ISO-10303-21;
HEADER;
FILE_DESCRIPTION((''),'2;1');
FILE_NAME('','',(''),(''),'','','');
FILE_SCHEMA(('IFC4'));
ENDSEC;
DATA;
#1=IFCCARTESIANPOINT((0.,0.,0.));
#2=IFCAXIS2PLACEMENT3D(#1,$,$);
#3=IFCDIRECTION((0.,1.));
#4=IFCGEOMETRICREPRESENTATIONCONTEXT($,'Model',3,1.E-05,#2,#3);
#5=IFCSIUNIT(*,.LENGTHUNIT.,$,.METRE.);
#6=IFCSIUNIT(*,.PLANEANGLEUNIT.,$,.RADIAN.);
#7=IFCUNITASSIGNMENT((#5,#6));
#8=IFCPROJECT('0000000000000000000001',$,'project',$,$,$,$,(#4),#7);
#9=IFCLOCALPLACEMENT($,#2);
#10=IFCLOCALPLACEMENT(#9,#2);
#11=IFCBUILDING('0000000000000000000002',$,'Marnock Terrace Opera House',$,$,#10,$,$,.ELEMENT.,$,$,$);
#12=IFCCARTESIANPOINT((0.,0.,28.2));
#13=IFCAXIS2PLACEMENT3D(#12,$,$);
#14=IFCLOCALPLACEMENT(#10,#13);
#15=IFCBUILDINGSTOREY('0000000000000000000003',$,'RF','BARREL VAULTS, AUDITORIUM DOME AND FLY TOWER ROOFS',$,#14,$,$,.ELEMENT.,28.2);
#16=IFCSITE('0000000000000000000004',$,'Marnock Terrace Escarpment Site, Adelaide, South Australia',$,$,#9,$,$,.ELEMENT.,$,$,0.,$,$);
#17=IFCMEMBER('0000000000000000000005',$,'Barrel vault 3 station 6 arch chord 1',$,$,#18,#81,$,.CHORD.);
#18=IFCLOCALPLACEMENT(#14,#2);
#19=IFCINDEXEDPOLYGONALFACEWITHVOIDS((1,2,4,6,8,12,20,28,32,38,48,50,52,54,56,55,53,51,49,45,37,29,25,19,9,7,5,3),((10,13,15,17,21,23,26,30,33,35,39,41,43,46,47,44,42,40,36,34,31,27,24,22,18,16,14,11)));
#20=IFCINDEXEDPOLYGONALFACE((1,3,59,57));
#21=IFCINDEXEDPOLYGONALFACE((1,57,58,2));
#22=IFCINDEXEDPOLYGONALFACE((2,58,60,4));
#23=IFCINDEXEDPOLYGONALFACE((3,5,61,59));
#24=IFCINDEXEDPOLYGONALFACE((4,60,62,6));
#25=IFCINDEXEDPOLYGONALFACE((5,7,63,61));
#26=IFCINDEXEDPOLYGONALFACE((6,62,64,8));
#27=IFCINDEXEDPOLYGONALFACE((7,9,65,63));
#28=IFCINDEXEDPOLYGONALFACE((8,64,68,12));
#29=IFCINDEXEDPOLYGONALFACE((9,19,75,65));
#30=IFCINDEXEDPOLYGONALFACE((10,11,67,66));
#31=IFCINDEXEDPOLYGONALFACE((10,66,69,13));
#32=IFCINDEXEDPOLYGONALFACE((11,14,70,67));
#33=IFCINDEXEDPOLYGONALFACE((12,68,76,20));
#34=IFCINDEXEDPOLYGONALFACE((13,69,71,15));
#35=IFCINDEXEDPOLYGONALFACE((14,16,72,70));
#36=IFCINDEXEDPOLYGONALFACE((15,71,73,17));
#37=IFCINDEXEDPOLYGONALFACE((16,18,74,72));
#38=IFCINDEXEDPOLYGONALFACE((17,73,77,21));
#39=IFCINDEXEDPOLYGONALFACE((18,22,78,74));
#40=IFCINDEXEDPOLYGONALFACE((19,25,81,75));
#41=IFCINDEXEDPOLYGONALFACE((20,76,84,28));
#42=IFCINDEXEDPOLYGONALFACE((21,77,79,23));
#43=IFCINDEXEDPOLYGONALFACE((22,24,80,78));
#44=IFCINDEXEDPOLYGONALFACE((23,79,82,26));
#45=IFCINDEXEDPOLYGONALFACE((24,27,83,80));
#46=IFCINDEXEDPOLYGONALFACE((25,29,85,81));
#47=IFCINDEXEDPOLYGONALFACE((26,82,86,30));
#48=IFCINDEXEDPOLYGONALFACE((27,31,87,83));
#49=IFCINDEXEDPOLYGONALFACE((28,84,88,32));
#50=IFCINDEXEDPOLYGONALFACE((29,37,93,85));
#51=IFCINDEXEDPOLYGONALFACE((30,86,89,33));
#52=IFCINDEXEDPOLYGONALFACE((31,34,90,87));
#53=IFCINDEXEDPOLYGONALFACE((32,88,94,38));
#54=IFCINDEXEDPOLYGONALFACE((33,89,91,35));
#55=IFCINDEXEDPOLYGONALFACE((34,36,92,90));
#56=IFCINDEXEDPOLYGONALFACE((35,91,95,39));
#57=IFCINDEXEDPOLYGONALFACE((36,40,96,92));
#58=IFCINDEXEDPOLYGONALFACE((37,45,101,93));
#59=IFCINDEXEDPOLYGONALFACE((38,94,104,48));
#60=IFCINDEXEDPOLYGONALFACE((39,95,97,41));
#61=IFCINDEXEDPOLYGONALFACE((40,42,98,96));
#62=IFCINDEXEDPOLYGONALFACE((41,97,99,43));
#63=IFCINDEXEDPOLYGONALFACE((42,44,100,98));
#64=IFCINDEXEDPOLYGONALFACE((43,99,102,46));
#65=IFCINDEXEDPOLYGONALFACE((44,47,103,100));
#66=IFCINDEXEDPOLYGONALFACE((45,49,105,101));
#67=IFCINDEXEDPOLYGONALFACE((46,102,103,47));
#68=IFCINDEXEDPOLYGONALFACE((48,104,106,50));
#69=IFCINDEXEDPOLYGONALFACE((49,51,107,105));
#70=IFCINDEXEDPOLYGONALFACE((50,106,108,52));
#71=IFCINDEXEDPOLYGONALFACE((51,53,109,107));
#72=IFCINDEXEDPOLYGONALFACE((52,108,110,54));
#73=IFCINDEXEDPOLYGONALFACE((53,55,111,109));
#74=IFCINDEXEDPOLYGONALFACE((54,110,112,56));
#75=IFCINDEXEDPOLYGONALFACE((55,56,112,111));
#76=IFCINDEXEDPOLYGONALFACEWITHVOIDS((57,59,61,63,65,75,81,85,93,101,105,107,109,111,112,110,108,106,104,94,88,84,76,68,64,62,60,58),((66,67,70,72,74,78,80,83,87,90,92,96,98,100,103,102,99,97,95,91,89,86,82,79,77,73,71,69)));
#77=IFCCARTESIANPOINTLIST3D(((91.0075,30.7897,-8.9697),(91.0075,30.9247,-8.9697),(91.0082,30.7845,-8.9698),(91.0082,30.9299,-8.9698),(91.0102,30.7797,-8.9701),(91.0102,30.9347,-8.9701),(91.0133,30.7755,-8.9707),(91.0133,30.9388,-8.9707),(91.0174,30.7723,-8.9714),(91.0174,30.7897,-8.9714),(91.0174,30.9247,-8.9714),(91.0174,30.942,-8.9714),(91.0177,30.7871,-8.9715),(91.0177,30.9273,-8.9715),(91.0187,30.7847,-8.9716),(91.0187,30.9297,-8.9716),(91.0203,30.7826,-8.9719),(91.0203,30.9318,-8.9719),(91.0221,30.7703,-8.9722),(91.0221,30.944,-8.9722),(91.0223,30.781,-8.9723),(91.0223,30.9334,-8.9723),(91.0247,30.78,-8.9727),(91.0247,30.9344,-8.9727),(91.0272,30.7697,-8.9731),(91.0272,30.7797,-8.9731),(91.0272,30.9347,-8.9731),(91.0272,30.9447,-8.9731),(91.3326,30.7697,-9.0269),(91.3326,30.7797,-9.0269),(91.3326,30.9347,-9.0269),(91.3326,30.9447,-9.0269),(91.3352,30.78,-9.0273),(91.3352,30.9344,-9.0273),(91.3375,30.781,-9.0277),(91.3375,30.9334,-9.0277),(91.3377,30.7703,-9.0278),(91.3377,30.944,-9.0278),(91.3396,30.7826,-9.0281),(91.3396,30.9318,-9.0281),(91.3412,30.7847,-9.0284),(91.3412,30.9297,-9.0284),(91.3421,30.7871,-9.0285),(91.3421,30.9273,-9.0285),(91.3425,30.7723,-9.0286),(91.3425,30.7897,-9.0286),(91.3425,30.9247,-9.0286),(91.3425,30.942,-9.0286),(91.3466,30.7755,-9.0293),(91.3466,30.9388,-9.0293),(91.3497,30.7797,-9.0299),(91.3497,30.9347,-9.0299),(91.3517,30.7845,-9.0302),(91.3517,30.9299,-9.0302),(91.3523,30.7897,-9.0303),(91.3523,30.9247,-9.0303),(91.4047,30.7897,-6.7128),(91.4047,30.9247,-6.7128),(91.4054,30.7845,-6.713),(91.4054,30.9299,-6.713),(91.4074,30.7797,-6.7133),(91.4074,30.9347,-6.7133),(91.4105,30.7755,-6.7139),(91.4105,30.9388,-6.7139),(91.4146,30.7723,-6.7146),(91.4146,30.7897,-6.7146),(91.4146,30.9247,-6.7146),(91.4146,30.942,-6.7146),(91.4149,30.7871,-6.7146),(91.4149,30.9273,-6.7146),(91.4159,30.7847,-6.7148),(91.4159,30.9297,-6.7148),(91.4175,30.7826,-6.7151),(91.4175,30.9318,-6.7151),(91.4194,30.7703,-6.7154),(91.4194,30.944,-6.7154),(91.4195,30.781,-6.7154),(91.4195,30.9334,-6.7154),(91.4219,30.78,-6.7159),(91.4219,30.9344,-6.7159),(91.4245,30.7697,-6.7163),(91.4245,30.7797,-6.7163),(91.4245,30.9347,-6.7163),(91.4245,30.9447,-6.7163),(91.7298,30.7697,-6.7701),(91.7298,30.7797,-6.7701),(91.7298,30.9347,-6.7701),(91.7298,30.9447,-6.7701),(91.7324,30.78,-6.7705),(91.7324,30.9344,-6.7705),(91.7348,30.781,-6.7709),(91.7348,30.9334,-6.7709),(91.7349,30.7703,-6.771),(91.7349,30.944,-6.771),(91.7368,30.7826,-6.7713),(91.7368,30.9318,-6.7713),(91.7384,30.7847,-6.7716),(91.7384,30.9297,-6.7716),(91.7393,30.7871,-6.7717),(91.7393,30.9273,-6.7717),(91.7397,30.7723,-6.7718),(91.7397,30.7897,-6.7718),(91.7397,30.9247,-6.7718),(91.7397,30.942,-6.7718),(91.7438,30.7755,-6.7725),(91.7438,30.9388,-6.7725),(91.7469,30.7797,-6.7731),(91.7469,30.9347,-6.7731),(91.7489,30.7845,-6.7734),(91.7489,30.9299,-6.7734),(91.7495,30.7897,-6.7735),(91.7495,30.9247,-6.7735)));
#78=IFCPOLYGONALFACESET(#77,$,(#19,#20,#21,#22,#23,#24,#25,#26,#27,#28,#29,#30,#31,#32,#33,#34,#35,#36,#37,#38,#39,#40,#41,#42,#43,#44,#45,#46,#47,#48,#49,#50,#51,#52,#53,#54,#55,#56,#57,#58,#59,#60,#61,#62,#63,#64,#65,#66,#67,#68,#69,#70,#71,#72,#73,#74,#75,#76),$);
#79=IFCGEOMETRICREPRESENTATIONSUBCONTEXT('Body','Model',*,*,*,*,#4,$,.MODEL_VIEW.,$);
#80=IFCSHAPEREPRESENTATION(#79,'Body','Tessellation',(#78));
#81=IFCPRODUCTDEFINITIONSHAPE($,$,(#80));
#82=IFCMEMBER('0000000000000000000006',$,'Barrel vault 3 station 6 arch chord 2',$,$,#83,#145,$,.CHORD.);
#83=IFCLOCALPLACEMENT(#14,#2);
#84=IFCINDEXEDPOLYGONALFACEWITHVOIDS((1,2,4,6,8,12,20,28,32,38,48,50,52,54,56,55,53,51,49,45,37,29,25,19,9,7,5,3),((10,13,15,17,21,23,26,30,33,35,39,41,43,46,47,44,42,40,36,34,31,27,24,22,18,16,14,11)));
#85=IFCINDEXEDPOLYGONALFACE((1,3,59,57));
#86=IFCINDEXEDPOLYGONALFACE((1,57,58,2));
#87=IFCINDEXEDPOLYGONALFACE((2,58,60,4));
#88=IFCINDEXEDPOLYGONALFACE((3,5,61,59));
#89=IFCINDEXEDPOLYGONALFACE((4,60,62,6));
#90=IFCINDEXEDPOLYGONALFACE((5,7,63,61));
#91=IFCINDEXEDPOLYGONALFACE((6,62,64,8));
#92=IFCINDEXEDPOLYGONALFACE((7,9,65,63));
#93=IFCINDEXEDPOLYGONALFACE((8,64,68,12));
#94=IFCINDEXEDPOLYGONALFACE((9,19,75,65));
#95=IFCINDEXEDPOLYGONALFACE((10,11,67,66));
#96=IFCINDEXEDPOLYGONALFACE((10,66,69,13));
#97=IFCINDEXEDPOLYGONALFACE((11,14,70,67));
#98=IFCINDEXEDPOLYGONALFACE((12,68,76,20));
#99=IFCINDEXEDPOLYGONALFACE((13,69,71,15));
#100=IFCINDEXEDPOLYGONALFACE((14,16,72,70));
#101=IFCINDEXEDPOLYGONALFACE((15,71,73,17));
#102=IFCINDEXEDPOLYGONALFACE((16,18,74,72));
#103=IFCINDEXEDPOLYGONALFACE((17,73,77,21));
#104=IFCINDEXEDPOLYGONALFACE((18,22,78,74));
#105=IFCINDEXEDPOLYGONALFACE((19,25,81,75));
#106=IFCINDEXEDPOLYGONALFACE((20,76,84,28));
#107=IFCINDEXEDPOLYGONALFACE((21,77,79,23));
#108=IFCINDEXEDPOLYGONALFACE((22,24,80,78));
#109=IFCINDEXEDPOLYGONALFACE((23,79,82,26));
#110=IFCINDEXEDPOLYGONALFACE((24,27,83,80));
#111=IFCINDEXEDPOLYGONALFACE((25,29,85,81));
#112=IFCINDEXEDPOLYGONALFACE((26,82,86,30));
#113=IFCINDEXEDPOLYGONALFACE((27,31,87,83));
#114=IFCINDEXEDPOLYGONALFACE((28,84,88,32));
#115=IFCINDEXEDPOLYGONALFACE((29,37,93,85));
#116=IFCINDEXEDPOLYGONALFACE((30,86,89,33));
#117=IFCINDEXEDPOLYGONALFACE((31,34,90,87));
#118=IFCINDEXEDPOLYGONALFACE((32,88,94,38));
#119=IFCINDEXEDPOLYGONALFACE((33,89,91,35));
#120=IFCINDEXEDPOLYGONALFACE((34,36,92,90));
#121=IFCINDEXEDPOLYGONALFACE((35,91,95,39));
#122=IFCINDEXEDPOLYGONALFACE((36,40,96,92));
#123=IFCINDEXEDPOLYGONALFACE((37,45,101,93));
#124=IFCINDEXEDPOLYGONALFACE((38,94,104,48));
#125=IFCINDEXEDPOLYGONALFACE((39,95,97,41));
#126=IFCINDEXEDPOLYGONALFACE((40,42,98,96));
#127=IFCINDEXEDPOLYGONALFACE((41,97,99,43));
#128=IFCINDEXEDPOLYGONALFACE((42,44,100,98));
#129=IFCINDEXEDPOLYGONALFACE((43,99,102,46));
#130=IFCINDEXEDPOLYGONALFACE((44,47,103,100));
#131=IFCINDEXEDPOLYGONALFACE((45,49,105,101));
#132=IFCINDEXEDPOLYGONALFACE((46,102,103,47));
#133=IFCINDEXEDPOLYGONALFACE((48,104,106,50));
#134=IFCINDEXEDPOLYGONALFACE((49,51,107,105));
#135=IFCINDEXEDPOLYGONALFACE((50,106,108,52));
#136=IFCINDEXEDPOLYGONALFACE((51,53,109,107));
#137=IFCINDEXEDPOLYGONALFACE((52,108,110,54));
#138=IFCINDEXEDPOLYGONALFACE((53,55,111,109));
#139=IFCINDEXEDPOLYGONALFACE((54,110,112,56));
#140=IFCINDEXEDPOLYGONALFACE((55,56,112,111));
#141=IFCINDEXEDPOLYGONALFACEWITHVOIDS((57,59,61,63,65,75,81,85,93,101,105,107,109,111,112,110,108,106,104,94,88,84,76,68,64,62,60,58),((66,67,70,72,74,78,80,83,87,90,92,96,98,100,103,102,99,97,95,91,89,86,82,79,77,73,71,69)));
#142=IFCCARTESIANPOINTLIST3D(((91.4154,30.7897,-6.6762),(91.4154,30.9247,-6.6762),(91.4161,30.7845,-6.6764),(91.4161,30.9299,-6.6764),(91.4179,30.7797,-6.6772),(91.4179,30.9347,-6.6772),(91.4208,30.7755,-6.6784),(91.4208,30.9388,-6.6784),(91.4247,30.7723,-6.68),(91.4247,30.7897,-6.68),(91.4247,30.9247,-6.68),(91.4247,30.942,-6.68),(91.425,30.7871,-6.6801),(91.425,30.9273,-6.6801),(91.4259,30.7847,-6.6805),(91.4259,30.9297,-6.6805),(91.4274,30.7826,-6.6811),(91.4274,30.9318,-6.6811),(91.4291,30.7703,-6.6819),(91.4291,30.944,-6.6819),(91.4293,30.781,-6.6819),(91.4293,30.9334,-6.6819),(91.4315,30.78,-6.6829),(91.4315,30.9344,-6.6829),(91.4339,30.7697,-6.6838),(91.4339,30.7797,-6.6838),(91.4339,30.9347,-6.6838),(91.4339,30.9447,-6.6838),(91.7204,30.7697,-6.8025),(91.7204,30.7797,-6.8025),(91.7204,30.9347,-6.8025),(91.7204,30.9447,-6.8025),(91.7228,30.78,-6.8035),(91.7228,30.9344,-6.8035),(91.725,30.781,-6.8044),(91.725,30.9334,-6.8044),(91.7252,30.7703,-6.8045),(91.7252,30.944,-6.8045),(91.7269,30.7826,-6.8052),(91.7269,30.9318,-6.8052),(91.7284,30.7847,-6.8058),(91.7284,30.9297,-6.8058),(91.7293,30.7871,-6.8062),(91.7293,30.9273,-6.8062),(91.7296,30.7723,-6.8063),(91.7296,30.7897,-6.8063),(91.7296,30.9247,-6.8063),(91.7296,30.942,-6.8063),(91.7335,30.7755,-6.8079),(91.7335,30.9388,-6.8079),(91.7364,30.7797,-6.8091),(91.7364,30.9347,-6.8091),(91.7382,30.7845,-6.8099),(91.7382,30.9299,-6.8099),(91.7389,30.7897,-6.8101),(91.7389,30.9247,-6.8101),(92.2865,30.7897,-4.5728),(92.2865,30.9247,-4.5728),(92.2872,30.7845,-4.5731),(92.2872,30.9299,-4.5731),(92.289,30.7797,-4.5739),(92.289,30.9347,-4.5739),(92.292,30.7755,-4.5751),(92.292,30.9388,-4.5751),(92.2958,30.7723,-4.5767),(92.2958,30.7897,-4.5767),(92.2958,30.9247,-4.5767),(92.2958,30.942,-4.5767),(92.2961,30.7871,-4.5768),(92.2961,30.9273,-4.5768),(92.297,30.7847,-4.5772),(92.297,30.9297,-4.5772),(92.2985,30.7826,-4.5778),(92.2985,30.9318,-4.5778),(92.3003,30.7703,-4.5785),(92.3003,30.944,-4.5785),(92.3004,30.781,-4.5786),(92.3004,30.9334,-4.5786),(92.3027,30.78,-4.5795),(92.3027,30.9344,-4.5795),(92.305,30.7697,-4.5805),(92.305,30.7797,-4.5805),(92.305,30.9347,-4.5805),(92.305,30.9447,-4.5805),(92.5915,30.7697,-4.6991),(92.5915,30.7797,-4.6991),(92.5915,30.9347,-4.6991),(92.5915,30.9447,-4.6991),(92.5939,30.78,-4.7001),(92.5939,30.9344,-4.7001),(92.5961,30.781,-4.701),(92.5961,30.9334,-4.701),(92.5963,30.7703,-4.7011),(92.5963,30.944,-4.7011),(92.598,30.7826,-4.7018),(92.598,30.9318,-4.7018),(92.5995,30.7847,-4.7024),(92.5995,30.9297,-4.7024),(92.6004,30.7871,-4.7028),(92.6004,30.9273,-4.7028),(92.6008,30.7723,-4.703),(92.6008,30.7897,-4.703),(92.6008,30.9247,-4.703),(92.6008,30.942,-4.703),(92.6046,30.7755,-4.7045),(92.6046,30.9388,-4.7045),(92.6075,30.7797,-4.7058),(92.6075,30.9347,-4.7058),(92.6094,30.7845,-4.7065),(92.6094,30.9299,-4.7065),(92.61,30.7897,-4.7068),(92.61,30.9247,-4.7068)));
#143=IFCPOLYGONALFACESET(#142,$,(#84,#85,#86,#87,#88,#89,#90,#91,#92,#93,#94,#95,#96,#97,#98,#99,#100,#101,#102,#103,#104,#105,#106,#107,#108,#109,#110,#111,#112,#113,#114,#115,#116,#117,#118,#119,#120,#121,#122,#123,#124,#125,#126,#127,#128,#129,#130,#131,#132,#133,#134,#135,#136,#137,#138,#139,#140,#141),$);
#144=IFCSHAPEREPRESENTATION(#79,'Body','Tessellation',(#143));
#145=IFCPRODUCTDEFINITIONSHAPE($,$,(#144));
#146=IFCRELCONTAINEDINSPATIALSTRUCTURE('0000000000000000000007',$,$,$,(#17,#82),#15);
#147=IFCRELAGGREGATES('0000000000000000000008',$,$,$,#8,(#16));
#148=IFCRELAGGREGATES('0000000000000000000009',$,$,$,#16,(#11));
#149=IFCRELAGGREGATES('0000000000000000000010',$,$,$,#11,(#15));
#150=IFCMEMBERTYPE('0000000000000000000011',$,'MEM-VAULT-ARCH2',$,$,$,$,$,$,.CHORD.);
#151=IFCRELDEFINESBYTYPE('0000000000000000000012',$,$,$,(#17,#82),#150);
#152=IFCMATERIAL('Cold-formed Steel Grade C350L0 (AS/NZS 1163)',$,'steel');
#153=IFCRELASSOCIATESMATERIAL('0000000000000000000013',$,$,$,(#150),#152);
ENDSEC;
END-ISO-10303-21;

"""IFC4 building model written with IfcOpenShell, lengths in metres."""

from ifc_helpers import new_model, si_unit, direction, frame, origin, origin_2d, place, context, subcontext, project, spatial, hollow_rectangle, extrude, material, material_profile, profile_set, type_object, element, save


model = new_model("IFC4")

# Units and contexts
model_context = context("Model", 3, precision=1e-05, world=origin(), true_north=direction((0.0, 1.0)))
body_context = subcontext(model_context, "Body", "Model", "MODEL_VIEW")
ifc_project = project(units=[si_unit("LENGTHUNIT", "METRE"), si_unit("PLANEANGLEUNIT", "RADIAN")], contexts=[model_context])

# Site, building, storey
site_placement = place(None, origin())
site = spatial("IfcSite", under=ifc_project, at=site_placement, Name="Marnock Terrace Escarpment Site, Adelaide, South Australia", CompositionType="ELEMENT", RefElevation=0.0)
building_placement = place(site_placement, origin())
building = spatial("IfcBuilding", under=site, at=building_placement, Name="Marnock Terrace Opera House", CompositionType="ELEMENT")
storey_placement = place(building_placement, frame((0.0, 0.0, 28.2)))
storey = spatial("IfcBuildingStorey", under=building, at=storey_placement, Name="RF", Description="BARREL VAULTS, AUDITORIUM DOME AND FLY TOWER ROOFS", CompositionType="ELEMENT", Elevation=28.2)

# Members
ifc_material = material(Name="Cold-formed Steel Grade C350L0 (AS/NZS 1163)", Category="steel")
ifc_material_profile_1 = material_profile(ifc_material, hollow_rectangle(XDim=0.175, YDim=0.3501, WallThickness=0.01, InnerFilletRadius=0.01, OuterFilletRadius=0.02, at=origin_2d()))
ifc_profile_set_1 = profile_set([ifc_material_profile_1], Name="Cold-formed Steel Grade C350L0 (AS/NZS 1163)")
member_type_1 = type_object("IfcMemberType", Name="MEM-VAULT-ARCH2", PredefinedType="CHORD", material=ifc_profile_set_1)
member_1_placement = place(storey_placement, frame((91.1799, 30.8572, -9.0), z_axis=(0.173342, 0.0, 0.984862), x_axis=(0.0, 1.0, 0.0)))
element("IfcMember", 1, at=member_1_placement, inside=storey, type_object=member_type_1, Name="Barrel vault 3 station 6 arch chord 1", PredefinedType="CHORD", context=body_context, shape_type="SweptSolid", body=[
    extrude(hollow_rectangle(XDim=0.175, YDim=0.3501, WallThickness=0.01, InnerFilletRadius=0.01, OuterFilletRadius=0.02, at=origin_2d()), origin(), (0.0, 0.0, 1.0), 2.2915),
])
member_2_placement = place(storey_placement, frame((91.5771, 30.8572, -6.7432), z_axis=(0.382642, 0.0, 0.923897), x_axis=(0.0, 1.0, 0.0)))
element("IfcMember", 2, at=member_2_placement, inside=storey, type_object=member_type_1, Name="Barrel vault 3 station 6 arch chord 2", PredefinedType="CHORD", context=body_context, shape_type="SweptSolid", body=[
    extrude(hollow_rectangle(XDim=0.175, YDim=0.3501, WallThickness=0.01, InnerFilletRadius=0.01, OuterFilletRadius=0.02, at=origin_2d()), origin(), (0.0, 0.0, 1.0), 2.2766),
])

save(model, "model.ifc")
